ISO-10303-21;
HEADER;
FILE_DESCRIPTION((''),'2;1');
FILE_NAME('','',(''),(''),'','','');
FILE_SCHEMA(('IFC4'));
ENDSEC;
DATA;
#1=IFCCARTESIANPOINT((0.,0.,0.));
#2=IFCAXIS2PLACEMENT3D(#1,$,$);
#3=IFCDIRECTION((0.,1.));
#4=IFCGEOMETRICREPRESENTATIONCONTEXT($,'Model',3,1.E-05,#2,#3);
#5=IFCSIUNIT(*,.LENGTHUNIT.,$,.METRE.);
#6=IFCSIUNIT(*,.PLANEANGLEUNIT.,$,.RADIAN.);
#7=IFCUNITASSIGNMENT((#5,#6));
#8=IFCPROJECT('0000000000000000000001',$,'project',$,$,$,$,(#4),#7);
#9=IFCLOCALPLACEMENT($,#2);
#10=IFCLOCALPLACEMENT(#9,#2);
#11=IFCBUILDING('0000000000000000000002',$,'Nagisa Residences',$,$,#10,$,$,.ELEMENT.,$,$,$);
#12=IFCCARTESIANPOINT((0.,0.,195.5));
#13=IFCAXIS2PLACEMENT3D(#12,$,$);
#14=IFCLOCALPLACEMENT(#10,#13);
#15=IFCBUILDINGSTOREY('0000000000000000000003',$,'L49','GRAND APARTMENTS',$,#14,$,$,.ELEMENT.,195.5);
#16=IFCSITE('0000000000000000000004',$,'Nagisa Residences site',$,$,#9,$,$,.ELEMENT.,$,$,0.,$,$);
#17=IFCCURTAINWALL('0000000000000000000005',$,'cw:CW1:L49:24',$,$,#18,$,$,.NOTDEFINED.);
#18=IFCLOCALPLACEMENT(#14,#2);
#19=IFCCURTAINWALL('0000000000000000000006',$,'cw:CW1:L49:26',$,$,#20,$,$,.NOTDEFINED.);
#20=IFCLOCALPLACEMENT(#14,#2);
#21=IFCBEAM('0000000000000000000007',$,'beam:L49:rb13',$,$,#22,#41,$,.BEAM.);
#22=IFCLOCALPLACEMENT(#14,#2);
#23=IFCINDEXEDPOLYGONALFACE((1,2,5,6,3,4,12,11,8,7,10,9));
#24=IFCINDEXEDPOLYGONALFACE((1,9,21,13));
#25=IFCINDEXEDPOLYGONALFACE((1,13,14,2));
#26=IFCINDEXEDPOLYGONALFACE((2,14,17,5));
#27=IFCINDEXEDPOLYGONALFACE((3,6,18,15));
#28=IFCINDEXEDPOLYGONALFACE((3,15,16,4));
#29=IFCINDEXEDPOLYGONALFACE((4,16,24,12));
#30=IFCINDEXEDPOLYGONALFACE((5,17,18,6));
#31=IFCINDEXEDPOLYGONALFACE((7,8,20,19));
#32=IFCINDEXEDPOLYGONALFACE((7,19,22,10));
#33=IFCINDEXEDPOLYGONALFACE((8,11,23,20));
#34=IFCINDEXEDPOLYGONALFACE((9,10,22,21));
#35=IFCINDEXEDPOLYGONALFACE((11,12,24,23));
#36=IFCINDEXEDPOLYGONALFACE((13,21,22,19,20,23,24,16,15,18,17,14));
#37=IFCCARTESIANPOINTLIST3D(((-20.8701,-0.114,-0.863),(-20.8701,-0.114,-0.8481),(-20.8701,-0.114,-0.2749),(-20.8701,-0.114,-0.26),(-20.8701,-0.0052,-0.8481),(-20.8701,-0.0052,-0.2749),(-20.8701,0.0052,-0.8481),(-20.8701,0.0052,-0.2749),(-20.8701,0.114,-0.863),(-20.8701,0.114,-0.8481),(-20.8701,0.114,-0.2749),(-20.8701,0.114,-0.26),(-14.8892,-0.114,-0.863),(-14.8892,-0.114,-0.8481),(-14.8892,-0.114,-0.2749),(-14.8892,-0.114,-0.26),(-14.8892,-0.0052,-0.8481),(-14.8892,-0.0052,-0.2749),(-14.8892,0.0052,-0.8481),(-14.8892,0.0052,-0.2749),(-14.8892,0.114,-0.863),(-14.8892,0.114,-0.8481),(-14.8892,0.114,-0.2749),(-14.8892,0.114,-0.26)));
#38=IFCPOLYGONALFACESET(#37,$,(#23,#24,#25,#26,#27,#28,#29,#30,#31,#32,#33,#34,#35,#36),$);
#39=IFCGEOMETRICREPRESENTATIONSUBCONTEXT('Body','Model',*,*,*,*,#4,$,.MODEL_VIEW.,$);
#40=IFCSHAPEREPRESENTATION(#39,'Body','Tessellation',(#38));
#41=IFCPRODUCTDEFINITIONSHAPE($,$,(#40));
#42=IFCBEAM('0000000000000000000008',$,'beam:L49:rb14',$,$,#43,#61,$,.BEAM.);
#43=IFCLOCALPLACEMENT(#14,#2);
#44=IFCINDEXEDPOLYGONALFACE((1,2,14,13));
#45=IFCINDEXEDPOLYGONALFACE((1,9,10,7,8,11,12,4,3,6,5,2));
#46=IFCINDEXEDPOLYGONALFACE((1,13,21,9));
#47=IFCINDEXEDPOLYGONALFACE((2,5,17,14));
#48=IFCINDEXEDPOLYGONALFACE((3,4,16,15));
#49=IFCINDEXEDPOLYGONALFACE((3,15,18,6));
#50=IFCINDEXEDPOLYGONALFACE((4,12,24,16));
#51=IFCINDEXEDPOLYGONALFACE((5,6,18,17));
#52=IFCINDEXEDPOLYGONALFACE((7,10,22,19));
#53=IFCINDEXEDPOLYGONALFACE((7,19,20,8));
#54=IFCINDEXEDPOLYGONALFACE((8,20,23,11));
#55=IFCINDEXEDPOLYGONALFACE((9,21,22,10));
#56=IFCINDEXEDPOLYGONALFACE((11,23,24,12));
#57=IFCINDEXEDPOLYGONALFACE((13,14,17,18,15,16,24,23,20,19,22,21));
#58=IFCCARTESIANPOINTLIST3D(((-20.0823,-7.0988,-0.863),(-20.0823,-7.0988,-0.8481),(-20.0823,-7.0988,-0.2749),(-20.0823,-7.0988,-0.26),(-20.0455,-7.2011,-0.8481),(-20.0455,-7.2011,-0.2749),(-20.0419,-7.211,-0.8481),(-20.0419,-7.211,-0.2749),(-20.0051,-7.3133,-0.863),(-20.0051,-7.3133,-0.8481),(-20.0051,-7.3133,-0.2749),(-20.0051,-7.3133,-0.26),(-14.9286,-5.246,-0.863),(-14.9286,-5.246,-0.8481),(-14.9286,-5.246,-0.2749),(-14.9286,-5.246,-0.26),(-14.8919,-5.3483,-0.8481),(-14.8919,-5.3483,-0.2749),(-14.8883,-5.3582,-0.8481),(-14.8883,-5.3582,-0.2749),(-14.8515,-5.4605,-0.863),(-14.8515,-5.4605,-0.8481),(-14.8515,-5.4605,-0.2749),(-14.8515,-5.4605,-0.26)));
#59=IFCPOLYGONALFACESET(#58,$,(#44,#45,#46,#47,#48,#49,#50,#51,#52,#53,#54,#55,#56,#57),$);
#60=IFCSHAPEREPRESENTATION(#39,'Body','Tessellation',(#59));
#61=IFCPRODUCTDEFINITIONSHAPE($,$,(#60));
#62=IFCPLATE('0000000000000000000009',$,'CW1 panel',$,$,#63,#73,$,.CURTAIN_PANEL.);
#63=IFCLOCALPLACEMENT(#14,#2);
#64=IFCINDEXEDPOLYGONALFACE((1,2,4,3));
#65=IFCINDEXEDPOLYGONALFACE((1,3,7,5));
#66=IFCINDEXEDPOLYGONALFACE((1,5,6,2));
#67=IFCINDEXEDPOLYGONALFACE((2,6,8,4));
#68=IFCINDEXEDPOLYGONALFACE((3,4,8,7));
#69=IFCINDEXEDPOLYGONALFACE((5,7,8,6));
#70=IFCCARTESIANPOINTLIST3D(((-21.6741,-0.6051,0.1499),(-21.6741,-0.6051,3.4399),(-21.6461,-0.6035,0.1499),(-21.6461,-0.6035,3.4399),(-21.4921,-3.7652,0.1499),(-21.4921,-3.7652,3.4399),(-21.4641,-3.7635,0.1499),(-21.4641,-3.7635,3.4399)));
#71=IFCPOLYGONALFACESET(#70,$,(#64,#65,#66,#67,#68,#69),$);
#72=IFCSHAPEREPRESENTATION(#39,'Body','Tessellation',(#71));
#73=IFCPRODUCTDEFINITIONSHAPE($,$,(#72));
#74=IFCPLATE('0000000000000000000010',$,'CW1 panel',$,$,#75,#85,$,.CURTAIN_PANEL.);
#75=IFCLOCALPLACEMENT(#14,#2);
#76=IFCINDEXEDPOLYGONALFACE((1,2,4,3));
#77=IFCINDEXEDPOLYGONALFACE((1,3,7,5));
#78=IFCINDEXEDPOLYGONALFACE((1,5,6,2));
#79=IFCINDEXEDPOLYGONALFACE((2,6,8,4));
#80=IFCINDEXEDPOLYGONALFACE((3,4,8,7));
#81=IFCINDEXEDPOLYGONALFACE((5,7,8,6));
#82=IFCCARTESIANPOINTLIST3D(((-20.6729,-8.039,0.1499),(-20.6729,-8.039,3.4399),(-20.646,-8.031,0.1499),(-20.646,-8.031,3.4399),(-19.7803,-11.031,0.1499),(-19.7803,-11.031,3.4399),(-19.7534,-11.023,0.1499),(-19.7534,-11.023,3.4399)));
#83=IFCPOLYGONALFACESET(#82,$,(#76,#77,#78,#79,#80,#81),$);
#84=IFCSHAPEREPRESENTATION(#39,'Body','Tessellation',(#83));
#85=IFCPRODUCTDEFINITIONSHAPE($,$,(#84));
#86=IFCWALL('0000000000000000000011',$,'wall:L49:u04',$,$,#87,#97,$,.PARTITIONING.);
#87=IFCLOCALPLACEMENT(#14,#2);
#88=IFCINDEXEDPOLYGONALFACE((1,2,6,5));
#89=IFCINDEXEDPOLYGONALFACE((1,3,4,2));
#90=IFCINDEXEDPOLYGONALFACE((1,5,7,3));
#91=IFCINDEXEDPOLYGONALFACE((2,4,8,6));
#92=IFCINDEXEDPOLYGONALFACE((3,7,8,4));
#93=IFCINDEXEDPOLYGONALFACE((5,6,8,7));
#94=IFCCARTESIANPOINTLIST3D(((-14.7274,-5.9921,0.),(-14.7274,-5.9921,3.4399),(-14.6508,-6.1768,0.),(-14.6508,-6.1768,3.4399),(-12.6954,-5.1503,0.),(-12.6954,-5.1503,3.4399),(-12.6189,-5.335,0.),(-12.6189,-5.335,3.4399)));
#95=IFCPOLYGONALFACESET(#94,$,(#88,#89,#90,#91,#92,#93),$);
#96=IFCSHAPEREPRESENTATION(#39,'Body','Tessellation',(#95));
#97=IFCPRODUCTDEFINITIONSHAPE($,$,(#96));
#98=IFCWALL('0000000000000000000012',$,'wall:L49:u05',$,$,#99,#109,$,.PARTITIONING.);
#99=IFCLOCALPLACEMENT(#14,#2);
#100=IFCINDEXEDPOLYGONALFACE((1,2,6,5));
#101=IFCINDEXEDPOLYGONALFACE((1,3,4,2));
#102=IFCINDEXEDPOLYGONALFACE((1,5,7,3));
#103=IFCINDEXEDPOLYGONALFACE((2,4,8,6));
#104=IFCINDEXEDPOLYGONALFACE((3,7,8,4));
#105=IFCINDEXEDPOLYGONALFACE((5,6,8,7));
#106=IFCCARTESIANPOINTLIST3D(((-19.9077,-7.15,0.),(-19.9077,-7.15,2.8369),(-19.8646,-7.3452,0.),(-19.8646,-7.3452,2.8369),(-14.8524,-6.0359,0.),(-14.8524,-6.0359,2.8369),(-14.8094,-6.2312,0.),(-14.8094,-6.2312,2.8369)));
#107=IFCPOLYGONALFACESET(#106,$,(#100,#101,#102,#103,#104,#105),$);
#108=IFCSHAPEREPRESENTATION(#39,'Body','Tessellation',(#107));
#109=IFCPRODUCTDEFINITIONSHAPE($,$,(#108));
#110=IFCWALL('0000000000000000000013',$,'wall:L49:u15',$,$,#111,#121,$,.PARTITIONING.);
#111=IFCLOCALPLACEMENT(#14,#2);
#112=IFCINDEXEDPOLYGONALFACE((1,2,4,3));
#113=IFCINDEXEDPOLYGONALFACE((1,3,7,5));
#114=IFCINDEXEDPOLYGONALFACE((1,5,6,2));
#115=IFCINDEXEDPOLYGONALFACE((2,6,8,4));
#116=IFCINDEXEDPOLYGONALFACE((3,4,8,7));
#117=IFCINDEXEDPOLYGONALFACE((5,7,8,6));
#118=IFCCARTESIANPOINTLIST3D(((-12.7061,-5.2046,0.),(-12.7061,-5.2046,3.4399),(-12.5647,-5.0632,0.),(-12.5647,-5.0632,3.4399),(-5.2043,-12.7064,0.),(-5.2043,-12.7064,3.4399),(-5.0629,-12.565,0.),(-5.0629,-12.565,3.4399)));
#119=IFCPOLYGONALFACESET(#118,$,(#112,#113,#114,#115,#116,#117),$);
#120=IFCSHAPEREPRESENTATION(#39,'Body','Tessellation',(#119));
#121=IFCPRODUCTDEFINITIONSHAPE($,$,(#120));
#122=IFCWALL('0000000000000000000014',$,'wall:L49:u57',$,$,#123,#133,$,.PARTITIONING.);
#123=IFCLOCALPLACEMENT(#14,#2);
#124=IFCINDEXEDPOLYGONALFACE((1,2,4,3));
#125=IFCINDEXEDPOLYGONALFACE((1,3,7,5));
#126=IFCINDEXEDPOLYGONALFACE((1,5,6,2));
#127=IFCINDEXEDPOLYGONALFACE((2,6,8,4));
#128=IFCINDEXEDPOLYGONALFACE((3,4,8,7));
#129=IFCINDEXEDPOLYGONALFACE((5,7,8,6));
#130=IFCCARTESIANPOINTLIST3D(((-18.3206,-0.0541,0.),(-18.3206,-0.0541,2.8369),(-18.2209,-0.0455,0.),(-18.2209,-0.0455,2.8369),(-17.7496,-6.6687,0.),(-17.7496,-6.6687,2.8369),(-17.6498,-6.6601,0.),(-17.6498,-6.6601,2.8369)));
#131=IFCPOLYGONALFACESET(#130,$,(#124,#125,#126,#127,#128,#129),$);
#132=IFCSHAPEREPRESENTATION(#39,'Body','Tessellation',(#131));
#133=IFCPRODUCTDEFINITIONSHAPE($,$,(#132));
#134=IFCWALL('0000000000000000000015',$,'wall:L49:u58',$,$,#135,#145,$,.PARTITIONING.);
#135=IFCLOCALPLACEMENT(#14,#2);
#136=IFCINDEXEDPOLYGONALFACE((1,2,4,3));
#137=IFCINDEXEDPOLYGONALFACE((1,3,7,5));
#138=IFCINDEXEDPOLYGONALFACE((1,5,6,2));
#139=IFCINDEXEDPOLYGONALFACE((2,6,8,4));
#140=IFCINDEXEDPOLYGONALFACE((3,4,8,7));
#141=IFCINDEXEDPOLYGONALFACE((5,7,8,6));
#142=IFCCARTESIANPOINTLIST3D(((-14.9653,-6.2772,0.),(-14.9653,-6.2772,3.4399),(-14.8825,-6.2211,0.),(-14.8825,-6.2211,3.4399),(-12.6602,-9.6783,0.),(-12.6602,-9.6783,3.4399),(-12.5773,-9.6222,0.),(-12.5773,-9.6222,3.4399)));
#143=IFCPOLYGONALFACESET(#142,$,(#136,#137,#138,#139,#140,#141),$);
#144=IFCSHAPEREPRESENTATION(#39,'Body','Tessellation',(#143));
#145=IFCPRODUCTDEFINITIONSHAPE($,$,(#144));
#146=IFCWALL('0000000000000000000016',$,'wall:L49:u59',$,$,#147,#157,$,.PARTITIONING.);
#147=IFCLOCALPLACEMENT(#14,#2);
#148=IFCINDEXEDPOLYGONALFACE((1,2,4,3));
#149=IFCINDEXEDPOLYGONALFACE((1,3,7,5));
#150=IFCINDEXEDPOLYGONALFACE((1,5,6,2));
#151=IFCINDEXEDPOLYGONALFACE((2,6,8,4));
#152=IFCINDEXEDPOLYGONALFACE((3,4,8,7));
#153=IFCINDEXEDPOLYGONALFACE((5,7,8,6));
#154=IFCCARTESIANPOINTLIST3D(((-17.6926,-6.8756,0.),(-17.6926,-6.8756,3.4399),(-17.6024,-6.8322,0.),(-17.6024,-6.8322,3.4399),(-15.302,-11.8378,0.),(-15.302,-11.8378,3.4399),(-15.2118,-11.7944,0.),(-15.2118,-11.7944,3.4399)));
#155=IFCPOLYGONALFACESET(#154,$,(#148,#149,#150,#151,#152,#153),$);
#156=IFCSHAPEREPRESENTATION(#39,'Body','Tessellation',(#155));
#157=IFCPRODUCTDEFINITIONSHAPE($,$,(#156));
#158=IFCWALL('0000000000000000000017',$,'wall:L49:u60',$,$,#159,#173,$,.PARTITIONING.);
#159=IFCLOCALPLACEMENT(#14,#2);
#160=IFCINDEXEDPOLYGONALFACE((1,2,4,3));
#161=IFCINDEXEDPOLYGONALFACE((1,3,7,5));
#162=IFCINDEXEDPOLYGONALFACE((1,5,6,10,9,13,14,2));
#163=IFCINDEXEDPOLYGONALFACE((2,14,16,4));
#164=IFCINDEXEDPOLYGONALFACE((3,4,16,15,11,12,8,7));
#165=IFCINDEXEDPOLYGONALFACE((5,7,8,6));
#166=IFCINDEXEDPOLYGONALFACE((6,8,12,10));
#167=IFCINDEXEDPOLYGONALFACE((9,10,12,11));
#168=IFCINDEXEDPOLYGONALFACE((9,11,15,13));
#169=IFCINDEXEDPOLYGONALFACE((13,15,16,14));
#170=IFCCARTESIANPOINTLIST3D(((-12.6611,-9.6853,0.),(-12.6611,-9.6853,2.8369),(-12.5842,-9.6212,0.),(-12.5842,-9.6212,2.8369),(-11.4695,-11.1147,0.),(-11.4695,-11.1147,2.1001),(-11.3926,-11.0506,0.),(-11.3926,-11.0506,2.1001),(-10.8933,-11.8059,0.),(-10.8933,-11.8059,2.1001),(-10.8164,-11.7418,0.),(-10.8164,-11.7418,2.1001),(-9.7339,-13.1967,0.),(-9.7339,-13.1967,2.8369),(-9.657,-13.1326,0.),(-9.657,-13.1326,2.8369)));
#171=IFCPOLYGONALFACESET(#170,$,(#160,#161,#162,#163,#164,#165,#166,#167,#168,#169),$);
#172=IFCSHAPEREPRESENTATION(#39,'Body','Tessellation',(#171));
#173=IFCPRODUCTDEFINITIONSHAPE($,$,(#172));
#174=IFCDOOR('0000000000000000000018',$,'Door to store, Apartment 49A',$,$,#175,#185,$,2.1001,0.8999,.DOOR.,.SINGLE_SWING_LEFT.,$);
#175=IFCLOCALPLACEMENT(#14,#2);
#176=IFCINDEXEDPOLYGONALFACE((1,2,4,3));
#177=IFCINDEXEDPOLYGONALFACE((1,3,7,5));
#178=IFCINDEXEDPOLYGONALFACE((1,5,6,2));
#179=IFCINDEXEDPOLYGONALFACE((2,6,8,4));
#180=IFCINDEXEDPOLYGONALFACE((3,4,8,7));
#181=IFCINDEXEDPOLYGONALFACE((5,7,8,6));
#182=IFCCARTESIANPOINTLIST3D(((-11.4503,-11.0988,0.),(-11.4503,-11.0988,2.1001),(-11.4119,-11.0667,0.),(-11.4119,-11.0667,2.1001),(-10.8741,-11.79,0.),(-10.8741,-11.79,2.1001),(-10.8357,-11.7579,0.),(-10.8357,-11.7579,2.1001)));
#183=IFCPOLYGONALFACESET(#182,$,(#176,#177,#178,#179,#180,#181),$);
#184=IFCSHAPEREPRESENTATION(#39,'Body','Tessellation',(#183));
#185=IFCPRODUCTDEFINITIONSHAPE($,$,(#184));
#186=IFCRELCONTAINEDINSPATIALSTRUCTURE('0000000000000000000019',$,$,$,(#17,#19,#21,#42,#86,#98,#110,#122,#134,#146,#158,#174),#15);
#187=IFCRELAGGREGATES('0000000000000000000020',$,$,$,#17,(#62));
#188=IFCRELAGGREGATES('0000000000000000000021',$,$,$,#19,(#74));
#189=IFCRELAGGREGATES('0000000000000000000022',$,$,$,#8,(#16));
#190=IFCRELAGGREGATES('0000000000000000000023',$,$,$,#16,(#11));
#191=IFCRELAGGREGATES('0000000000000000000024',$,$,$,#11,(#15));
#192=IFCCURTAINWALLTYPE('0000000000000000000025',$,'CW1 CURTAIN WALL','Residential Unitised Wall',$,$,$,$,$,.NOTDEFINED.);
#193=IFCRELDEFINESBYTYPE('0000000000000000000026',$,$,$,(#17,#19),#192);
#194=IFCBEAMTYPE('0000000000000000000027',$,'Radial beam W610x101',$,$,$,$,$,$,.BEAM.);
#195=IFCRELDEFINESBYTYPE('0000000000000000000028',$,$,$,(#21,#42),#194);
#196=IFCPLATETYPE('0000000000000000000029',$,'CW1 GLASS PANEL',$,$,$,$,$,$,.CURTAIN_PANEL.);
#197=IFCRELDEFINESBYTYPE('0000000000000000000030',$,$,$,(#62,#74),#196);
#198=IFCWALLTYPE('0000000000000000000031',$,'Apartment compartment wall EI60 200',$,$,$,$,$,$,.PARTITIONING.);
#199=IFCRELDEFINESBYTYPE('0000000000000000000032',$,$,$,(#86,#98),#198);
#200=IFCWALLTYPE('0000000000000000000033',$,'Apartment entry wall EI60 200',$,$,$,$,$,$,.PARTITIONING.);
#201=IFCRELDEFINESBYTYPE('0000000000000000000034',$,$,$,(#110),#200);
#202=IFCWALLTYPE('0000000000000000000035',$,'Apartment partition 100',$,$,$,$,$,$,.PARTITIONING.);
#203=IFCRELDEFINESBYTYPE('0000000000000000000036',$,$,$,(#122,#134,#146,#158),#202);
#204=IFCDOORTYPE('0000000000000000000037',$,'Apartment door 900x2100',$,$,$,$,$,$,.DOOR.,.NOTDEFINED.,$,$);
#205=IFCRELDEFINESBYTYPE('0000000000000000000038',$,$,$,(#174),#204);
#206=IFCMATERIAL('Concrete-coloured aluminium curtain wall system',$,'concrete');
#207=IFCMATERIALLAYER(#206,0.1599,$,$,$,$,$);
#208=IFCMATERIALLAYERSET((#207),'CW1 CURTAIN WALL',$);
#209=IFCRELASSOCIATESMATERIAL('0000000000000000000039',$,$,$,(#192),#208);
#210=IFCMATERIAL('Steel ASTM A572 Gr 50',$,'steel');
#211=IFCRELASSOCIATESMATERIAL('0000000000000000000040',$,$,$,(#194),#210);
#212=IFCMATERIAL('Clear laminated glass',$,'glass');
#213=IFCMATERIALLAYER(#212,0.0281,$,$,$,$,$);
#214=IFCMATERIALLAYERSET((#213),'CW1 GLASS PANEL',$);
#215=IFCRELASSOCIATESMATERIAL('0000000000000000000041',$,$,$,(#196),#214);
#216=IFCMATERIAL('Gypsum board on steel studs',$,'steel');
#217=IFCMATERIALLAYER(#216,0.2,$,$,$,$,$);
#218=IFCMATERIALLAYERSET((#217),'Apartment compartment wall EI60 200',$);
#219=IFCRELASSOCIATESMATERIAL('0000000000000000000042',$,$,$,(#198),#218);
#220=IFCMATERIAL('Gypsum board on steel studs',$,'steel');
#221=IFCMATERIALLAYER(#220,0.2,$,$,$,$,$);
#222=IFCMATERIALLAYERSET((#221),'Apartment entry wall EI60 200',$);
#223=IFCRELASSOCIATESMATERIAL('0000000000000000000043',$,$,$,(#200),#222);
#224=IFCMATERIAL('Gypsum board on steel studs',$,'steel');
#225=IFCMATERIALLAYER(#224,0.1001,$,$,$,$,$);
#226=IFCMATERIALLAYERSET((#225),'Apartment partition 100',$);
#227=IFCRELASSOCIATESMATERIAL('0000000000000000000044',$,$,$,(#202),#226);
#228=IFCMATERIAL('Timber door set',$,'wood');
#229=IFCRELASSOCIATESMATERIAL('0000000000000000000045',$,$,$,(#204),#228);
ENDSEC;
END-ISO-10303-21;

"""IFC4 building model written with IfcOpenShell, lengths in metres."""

from ifc_helpers import new_model, si_unit, direction, frame, frame_2d, origin, origin_2d, place, context, subcontext, project, spatial, rectangle, i_section, extrude, material, layer, layer_set, material_profile, profile_set, type_object, element, fill, aggregate, save


model = new_model("IFC4")

# Units and contexts
model_context = context("Model", 3, precision=1e-05, world=origin(), true_north=direction((0.0, 1.0)))
body_context = subcontext(model_context, "Body", "Model", "MODEL_VIEW")
ifc_project = project(units=[si_unit("LENGTHUNIT", "METRE"), si_unit("PLANEANGLEUNIT", "RADIAN")], contexts=[model_context])

# Site, building, storey
site_placement = place(None, origin())
site = spatial("IfcSite", under=ifc_project, at=site_placement, Name="Nagisa Residences site", CompositionType="ELEMENT", RefElevation=0.0)
building_placement = place(site_placement, origin())
building = spatial("IfcBuilding", under=site, at=building_placement, Name="Nagisa Residences", CompositionType="ELEMENT")
storey_placement = place(building_placement, frame((0.0, 0.0, 195.5)))
storey = spatial("IfcBuildingStorey", under=building, at=storey_placement, Name="L49", Description="GRAND APARTMENTS", CompositionType="ELEMENT", Elevation=195.5)

# Curtain walls
ifc_material_1 = material(Name="Concrete-coloured aluminium curtain wall system", Category="concrete")
ifc_layer_1 = layer(ifc_material_1, 0.1599)
ifc_layer_set_1 = layer_set([ifc_layer_1], Name="CW1 CURTAIN WALL")
curtain_wall_type = type_object("IfcCurtainWallType", Name="CW1 CURTAIN WALL", Description="Residential Unitised Wall", PredefinedType="NOTDEFINED", material=ifc_layer_set_1)
curtain_wall_1_placement = place(storey_placement, origin())
curtain_wall_1 = element("IfcCurtainWall", 1, at=curtain_wall_1_placement, inside=storey, type_object=curtain_wall_type, Name="cw:CW1:L49:24", PredefinedType="NOTDEFINED")
curtain_wall_2_placement = place(storey_placement, origin())
curtain_wall_2 = element("IfcCurtainWall", 2, at=curtain_wall_2_placement, inside=storey, type_object=curtain_wall_type, Name="cw:CW1:L49:26", PredefinedType="NOTDEFINED")

# Beams
ifc_material_2 = material(Name="Steel ASTM A572 Gr 50", Category="steel")
ifc_material_profile_1 = material_profile(ifc_material_2, i_section(OverallWidth=0.228, OverallDepth=0.603, WebThickness=0.0105, FlangeThickness=0.0149, at=origin_2d()), Name="W610x101")
ifc_profile_set_1 = profile_set([ifc_material_profile_1], Name="Steel ASTM A572 Gr 50")
beam_type_1 = type_object("IfcBeamType", Name="Radial beam W610x101", PredefinedType="BEAM", material=ifc_profile_set_1)
beam_1_placement = place(storey_placement, frame((-20.8701, 0.0, -0.5615), z_axis=(1.0, 0.0, 0.0), x_axis=(0.0, 1.0, 0.0)))
element("IfcBeam", 3, at=beam_1_placement, inside=storey, type_object=beam_type_1, Name="beam:L49:rb13", PredefinedType="BEAM", context=body_context, shape_type="SweptSolid", body=[
    extrude(i_section(OverallWidth=0.228, OverallDepth=0.603, WebThickness=0.0105, FlangeThickness=0.0149, at=origin_2d()), origin(), (0.0, 0.0, 1.0), 5.981),
])
beam_2_placement = place(storey_placement, frame((-20.0437, -7.2061, -0.5615), z_axis=(0.941033, 0.338315, 0.0), x_axis=(-0.338315, 0.941033, 0.0)))
element("IfcBeam", 4, at=beam_2_placement, inside=storey, type_object=beam_type_1, Name="beam:L49:rb14", PredefinedType="BEAM", context=body_context, shape_type="SweptSolid", body=[
    extrude(i_section(OverallWidth=0.228, OverallDepth=0.603, WebThickness=0.0105, FlangeThickness=0.0149, at=origin_2d()), origin(), (0.0, 0.0, 1.0), 5.4766),
])

# Plates
ifc_material_3 = material(Name="Clear laminated glass", Category="glass")
ifc_layer_2 = layer(ifc_material_3, 0.0281)
ifc_layer_set_2 = layer_set([ifc_layer_2], Name="CW1 GLASS PANEL")
plate_type = type_object("IfcPlateType", Name="CW1 GLASS PANEL", PredefinedType="CURTAIN_PANEL", material=ifc_layer_set_2)
plate_1_placement = place(storey_placement, frame((-21.5691, -2.1843, 0.1499), z_axis=(0.0, 0.0, 1.0), x_axis=(0.057503, -0.998345, 0.0)))
plate_1 = element("IfcPlate", 5, at=plate_1_placement, type_object=plate_type, Name="CW1 panel", PredefinedType="CURTAIN_PANEL", context=body_context, shape_type="SweptSolid", body=[
    extrude(rectangle(XDim=3.1653, YDim=0.0281, at=origin_2d()), origin(), (0.0, 0.0, 1.0), 3.29),
])
aggregate(curtain_wall_1, [plate_1])
plate_2_placement = place(storey_placement, frame((-20.2131, -9.531, 0.1499), z_axis=(0.0, 0.0, 1.0), x_axis=(0.28586, -0.958271, 0.0)))
plate_2 = element("IfcPlate", 6, at=plate_2_placement, type_object=plate_type, Name="CW1 panel", PredefinedType="CURTAIN_PANEL", context=body_context, shape_type="SweptSolid", body=[
    extrude(rectangle(XDim=3.1223, YDim=0.0281, at=origin_2d()), origin(), (0.0, 0.0, 1.0), 3.29),
])
aggregate(curtain_wall_2, [plate_2])

# Walls
ifc_material_4 = material(Name="Gypsum board on steel studs", Category="steel")
ifc_layer_3 = layer(ifc_material_4, 0.2)
ifc_layer_set_3 = layer_set([ifc_layer_3], Name="Apartment compartment wall EI60 200")
wall_type_1 = type_object("IfcWallType", Name="Apartment compartment wall EI60 200", PredefinedType="PARTITIONING", material=ifc_layer_set_3)
wall_1_placement = place(storey_placement, frame((-12.6572, -5.2427, 0.0), z_axis=(0.0, 0.0, 1.0), x_axis=(-0.92386, -0.382731, 0.0)))
element("IfcWall", 7, at=wall_1_placement, inside=storey, type_object=wall_type_1, Name="wall:L49:u04", PredefinedType="PARTITIONING", context=body_context, shape_type="SweptSolid", body=[
    extrude(rectangle(XDim=2.1995, YDim=0.2, at=frame_2d((1.0996, 0.0))), origin(), (0.0, 0.0, 1.0), 3.4399),
])
wall_2_placement = place(storey_placement, frame((-14.8308, -6.1335, 0.0), z_axis=(0.0, 0.0, 1.0), x_axis=(-0.976568, -0.215207, 0.0)))
element("IfcWall", 8, at=wall_2_placement, inside=storey, type_object=wall_type_1, Name="wall:L49:u05", PredefinedType="PARTITIONING", context=body_context, shape_type="SweptSolid", body=[
    extrude(rectangle(XDim=5.1765, YDim=0.2, at=frame_2d((2.5884, 0.0))), origin(), (0.0, 0.0, 1.0), 2.8369),
])
ifc_material_5 = material(Name="Gypsum board on steel studs", Category="steel")
ifc_layer_4 = layer(ifc_material_5, 0.2)
ifc_layer_set_4 = layer_set([ifc_layer_4], Name="Apartment entry wall EI60 200")
wall_type_2 = type_object("IfcWallType", Name="Apartment entry wall EI60 200", PredefinedType="PARTITIONING", material=ifc_layer_set_4)
wall_3_placement = place(storey_placement, frame((-12.6355, -5.1338, 0.0), z_axis=(0.0, 0.0, 1.0), x_axis=(0.707107, -0.707107, 0.0)))
element("IfcWall", 9, at=wall_3_placement, inside=storey, type_object=wall_type_2, Name="wall:L49:u15", PredefinedType="PARTITIONING", context=body_context, shape_type="SweptSolid", body=[
    extrude(rectangle(XDim=10.6091, YDim=0.2, at=frame_2d((5.3047, 0.0))), origin(), (0.0, 0.0, 1.0), 3.4399),
])
ifc_material_6 = material(Name="Gypsum board on steel studs", Category="steel")
ifc_layer_5 = layer(ifc_material_6, 0.1001)
ifc_layer_set_5 = layer_set([ifc_layer_5], Name="Apartment partition 100")
wall_type_3 = type_object("IfcWallType", Name="Apartment partition 100", PredefinedType="PARTITIONING", material=ifc_layer_set_5)
wall_4_placement = place(storey_placement, frame((-18.2708, -0.0498, 0.0), z_axis=(0.0, 0.0, 1.0), x_axis=(0.086012, -0.996294, 0.0)))
element("IfcWall", 10, at=wall_4_placement, inside=storey, type_object=wall_type_3, Name="wall:L49:u57", PredefinedType="PARTITIONING", context=body_context, shape_type="SweptSolid", body=[
    extrude(rectangle(XDim=6.6392, YDim=0.1001, at=frame_2d((3.3196, 0.0))), origin(), (0.0, 0.0, 1.0), 2.8369),
])
wall_5_placement = place(storey_placement, frame((-14.9238, -6.2493, 0.0), z_axis=(0.0, 0.0, 1.0), x_axis=(0.561047, -0.827784, 0.0)))
element("IfcWall", 11, at=wall_5_placement, inside=storey, type_object=wall_type_3, Name="wall:L49:u58", PredefinedType="PARTITIONING", context=body_context, shape_type="SweptSolid", body=[
    extrude(rectangle(XDim=4.1086, YDim=0.1001, at=frame_2d((2.0542, 0.0))), origin(), (0.0, 0.0, 1.0), 3.4399),
])
wall_6_placement = place(storey_placement, frame((-17.6475, -6.854, 0.0), z_axis=(0.0, 0.0, 1.0), x_axis=(0.434028, -0.9009, 0.0)))
element("IfcWall", 12, at=wall_6_placement, inside=storey, type_object=wall_type_3, Name="wall:L49:u59", PredefinedType="PARTITIONING", context=body_context, shape_type="SweptSolid", body=[
    extrude(rectangle(XDim=5.5081, YDim=0.1001, at=frame_2d((2.7539, 0.0))), origin(), (0.0, 0.0, 1.0), 3.4399),
])

# Wall, opening, door
wall_7_placement = place(storey_placement, frame((-12.6226, -9.6533, 0.0), z_axis=(0.0, 0.0, 1.0), x_axis=(0.640316, -0.768112, 0.0)))
wall_7 = element("IfcWall", 13, at=wall_7_placement, inside=storey, type_object=wall_type_3, Name="wall:L49:u60", PredefinedType="PARTITIONING", context=body_context, shape_type="SweptSolid", body=[
    extrude(rectangle(XDim=4.5715, YDim=0.1001, at=frame_2d((2.2856, 0.0))), origin(), (0.0, 0.0, 1.0), 2.8369),
])
opening_1_placement = place(wall_7_placement, frame((1.8608, 0.0, 0.0)))
opening_1 = element("IfcOpeningElement", 14, at=opening_1_placement, cuts=wall_7, PredefinedType="OPENING", context=body_context, shape_type="SweptSolid", body=[
    extrude(rectangle(XDim=0.8999, YDim=2.1001, at=frame_2d((0.45, 1.05))), frame((0.0, 0.0601, 0.0), z_axis=(0.0, -1.0, 0.0), x_axis=(1.0, 0.0, 0.0)), (0.0, 0.0, 1.0), 0.1201),
])
ifc_material_7 = material(Name="Timber door set", Category="wood")
door_type_1 = type_object("IfcDoorType", Name="Apartment door 900x2100", OperationType="NOTDEFINED", PredefinedType="DOOR", material=ifc_material_7)
door_1_placement = place(opening_1_placement, origin())
door_1 = element("IfcDoor", 15, at=door_1_placement, inside=storey, type_object=door_type_1, Name="Door to store, Apartment 49A", OperationType="SINGLE_SWING_LEFT", OverallHeight=2.1001, OverallWidth=0.8999, PredefinedType="DOOR", context=body_context, shape_type="SweptSolid", body=[
    extrude(rectangle(XDim=0.8999, YDim=2.1001, at=frame_2d((0.45, 1.05))), frame((0.0, 0.0249, 0.0), z_axis=(0.0, -1.0, 0.0), x_axis=(1.0, 0.0, 0.0)), (0.0, 0.0, 1.0), 0.05),
])
fill(opening_1, door_1)

save(model, "model.ifc")
